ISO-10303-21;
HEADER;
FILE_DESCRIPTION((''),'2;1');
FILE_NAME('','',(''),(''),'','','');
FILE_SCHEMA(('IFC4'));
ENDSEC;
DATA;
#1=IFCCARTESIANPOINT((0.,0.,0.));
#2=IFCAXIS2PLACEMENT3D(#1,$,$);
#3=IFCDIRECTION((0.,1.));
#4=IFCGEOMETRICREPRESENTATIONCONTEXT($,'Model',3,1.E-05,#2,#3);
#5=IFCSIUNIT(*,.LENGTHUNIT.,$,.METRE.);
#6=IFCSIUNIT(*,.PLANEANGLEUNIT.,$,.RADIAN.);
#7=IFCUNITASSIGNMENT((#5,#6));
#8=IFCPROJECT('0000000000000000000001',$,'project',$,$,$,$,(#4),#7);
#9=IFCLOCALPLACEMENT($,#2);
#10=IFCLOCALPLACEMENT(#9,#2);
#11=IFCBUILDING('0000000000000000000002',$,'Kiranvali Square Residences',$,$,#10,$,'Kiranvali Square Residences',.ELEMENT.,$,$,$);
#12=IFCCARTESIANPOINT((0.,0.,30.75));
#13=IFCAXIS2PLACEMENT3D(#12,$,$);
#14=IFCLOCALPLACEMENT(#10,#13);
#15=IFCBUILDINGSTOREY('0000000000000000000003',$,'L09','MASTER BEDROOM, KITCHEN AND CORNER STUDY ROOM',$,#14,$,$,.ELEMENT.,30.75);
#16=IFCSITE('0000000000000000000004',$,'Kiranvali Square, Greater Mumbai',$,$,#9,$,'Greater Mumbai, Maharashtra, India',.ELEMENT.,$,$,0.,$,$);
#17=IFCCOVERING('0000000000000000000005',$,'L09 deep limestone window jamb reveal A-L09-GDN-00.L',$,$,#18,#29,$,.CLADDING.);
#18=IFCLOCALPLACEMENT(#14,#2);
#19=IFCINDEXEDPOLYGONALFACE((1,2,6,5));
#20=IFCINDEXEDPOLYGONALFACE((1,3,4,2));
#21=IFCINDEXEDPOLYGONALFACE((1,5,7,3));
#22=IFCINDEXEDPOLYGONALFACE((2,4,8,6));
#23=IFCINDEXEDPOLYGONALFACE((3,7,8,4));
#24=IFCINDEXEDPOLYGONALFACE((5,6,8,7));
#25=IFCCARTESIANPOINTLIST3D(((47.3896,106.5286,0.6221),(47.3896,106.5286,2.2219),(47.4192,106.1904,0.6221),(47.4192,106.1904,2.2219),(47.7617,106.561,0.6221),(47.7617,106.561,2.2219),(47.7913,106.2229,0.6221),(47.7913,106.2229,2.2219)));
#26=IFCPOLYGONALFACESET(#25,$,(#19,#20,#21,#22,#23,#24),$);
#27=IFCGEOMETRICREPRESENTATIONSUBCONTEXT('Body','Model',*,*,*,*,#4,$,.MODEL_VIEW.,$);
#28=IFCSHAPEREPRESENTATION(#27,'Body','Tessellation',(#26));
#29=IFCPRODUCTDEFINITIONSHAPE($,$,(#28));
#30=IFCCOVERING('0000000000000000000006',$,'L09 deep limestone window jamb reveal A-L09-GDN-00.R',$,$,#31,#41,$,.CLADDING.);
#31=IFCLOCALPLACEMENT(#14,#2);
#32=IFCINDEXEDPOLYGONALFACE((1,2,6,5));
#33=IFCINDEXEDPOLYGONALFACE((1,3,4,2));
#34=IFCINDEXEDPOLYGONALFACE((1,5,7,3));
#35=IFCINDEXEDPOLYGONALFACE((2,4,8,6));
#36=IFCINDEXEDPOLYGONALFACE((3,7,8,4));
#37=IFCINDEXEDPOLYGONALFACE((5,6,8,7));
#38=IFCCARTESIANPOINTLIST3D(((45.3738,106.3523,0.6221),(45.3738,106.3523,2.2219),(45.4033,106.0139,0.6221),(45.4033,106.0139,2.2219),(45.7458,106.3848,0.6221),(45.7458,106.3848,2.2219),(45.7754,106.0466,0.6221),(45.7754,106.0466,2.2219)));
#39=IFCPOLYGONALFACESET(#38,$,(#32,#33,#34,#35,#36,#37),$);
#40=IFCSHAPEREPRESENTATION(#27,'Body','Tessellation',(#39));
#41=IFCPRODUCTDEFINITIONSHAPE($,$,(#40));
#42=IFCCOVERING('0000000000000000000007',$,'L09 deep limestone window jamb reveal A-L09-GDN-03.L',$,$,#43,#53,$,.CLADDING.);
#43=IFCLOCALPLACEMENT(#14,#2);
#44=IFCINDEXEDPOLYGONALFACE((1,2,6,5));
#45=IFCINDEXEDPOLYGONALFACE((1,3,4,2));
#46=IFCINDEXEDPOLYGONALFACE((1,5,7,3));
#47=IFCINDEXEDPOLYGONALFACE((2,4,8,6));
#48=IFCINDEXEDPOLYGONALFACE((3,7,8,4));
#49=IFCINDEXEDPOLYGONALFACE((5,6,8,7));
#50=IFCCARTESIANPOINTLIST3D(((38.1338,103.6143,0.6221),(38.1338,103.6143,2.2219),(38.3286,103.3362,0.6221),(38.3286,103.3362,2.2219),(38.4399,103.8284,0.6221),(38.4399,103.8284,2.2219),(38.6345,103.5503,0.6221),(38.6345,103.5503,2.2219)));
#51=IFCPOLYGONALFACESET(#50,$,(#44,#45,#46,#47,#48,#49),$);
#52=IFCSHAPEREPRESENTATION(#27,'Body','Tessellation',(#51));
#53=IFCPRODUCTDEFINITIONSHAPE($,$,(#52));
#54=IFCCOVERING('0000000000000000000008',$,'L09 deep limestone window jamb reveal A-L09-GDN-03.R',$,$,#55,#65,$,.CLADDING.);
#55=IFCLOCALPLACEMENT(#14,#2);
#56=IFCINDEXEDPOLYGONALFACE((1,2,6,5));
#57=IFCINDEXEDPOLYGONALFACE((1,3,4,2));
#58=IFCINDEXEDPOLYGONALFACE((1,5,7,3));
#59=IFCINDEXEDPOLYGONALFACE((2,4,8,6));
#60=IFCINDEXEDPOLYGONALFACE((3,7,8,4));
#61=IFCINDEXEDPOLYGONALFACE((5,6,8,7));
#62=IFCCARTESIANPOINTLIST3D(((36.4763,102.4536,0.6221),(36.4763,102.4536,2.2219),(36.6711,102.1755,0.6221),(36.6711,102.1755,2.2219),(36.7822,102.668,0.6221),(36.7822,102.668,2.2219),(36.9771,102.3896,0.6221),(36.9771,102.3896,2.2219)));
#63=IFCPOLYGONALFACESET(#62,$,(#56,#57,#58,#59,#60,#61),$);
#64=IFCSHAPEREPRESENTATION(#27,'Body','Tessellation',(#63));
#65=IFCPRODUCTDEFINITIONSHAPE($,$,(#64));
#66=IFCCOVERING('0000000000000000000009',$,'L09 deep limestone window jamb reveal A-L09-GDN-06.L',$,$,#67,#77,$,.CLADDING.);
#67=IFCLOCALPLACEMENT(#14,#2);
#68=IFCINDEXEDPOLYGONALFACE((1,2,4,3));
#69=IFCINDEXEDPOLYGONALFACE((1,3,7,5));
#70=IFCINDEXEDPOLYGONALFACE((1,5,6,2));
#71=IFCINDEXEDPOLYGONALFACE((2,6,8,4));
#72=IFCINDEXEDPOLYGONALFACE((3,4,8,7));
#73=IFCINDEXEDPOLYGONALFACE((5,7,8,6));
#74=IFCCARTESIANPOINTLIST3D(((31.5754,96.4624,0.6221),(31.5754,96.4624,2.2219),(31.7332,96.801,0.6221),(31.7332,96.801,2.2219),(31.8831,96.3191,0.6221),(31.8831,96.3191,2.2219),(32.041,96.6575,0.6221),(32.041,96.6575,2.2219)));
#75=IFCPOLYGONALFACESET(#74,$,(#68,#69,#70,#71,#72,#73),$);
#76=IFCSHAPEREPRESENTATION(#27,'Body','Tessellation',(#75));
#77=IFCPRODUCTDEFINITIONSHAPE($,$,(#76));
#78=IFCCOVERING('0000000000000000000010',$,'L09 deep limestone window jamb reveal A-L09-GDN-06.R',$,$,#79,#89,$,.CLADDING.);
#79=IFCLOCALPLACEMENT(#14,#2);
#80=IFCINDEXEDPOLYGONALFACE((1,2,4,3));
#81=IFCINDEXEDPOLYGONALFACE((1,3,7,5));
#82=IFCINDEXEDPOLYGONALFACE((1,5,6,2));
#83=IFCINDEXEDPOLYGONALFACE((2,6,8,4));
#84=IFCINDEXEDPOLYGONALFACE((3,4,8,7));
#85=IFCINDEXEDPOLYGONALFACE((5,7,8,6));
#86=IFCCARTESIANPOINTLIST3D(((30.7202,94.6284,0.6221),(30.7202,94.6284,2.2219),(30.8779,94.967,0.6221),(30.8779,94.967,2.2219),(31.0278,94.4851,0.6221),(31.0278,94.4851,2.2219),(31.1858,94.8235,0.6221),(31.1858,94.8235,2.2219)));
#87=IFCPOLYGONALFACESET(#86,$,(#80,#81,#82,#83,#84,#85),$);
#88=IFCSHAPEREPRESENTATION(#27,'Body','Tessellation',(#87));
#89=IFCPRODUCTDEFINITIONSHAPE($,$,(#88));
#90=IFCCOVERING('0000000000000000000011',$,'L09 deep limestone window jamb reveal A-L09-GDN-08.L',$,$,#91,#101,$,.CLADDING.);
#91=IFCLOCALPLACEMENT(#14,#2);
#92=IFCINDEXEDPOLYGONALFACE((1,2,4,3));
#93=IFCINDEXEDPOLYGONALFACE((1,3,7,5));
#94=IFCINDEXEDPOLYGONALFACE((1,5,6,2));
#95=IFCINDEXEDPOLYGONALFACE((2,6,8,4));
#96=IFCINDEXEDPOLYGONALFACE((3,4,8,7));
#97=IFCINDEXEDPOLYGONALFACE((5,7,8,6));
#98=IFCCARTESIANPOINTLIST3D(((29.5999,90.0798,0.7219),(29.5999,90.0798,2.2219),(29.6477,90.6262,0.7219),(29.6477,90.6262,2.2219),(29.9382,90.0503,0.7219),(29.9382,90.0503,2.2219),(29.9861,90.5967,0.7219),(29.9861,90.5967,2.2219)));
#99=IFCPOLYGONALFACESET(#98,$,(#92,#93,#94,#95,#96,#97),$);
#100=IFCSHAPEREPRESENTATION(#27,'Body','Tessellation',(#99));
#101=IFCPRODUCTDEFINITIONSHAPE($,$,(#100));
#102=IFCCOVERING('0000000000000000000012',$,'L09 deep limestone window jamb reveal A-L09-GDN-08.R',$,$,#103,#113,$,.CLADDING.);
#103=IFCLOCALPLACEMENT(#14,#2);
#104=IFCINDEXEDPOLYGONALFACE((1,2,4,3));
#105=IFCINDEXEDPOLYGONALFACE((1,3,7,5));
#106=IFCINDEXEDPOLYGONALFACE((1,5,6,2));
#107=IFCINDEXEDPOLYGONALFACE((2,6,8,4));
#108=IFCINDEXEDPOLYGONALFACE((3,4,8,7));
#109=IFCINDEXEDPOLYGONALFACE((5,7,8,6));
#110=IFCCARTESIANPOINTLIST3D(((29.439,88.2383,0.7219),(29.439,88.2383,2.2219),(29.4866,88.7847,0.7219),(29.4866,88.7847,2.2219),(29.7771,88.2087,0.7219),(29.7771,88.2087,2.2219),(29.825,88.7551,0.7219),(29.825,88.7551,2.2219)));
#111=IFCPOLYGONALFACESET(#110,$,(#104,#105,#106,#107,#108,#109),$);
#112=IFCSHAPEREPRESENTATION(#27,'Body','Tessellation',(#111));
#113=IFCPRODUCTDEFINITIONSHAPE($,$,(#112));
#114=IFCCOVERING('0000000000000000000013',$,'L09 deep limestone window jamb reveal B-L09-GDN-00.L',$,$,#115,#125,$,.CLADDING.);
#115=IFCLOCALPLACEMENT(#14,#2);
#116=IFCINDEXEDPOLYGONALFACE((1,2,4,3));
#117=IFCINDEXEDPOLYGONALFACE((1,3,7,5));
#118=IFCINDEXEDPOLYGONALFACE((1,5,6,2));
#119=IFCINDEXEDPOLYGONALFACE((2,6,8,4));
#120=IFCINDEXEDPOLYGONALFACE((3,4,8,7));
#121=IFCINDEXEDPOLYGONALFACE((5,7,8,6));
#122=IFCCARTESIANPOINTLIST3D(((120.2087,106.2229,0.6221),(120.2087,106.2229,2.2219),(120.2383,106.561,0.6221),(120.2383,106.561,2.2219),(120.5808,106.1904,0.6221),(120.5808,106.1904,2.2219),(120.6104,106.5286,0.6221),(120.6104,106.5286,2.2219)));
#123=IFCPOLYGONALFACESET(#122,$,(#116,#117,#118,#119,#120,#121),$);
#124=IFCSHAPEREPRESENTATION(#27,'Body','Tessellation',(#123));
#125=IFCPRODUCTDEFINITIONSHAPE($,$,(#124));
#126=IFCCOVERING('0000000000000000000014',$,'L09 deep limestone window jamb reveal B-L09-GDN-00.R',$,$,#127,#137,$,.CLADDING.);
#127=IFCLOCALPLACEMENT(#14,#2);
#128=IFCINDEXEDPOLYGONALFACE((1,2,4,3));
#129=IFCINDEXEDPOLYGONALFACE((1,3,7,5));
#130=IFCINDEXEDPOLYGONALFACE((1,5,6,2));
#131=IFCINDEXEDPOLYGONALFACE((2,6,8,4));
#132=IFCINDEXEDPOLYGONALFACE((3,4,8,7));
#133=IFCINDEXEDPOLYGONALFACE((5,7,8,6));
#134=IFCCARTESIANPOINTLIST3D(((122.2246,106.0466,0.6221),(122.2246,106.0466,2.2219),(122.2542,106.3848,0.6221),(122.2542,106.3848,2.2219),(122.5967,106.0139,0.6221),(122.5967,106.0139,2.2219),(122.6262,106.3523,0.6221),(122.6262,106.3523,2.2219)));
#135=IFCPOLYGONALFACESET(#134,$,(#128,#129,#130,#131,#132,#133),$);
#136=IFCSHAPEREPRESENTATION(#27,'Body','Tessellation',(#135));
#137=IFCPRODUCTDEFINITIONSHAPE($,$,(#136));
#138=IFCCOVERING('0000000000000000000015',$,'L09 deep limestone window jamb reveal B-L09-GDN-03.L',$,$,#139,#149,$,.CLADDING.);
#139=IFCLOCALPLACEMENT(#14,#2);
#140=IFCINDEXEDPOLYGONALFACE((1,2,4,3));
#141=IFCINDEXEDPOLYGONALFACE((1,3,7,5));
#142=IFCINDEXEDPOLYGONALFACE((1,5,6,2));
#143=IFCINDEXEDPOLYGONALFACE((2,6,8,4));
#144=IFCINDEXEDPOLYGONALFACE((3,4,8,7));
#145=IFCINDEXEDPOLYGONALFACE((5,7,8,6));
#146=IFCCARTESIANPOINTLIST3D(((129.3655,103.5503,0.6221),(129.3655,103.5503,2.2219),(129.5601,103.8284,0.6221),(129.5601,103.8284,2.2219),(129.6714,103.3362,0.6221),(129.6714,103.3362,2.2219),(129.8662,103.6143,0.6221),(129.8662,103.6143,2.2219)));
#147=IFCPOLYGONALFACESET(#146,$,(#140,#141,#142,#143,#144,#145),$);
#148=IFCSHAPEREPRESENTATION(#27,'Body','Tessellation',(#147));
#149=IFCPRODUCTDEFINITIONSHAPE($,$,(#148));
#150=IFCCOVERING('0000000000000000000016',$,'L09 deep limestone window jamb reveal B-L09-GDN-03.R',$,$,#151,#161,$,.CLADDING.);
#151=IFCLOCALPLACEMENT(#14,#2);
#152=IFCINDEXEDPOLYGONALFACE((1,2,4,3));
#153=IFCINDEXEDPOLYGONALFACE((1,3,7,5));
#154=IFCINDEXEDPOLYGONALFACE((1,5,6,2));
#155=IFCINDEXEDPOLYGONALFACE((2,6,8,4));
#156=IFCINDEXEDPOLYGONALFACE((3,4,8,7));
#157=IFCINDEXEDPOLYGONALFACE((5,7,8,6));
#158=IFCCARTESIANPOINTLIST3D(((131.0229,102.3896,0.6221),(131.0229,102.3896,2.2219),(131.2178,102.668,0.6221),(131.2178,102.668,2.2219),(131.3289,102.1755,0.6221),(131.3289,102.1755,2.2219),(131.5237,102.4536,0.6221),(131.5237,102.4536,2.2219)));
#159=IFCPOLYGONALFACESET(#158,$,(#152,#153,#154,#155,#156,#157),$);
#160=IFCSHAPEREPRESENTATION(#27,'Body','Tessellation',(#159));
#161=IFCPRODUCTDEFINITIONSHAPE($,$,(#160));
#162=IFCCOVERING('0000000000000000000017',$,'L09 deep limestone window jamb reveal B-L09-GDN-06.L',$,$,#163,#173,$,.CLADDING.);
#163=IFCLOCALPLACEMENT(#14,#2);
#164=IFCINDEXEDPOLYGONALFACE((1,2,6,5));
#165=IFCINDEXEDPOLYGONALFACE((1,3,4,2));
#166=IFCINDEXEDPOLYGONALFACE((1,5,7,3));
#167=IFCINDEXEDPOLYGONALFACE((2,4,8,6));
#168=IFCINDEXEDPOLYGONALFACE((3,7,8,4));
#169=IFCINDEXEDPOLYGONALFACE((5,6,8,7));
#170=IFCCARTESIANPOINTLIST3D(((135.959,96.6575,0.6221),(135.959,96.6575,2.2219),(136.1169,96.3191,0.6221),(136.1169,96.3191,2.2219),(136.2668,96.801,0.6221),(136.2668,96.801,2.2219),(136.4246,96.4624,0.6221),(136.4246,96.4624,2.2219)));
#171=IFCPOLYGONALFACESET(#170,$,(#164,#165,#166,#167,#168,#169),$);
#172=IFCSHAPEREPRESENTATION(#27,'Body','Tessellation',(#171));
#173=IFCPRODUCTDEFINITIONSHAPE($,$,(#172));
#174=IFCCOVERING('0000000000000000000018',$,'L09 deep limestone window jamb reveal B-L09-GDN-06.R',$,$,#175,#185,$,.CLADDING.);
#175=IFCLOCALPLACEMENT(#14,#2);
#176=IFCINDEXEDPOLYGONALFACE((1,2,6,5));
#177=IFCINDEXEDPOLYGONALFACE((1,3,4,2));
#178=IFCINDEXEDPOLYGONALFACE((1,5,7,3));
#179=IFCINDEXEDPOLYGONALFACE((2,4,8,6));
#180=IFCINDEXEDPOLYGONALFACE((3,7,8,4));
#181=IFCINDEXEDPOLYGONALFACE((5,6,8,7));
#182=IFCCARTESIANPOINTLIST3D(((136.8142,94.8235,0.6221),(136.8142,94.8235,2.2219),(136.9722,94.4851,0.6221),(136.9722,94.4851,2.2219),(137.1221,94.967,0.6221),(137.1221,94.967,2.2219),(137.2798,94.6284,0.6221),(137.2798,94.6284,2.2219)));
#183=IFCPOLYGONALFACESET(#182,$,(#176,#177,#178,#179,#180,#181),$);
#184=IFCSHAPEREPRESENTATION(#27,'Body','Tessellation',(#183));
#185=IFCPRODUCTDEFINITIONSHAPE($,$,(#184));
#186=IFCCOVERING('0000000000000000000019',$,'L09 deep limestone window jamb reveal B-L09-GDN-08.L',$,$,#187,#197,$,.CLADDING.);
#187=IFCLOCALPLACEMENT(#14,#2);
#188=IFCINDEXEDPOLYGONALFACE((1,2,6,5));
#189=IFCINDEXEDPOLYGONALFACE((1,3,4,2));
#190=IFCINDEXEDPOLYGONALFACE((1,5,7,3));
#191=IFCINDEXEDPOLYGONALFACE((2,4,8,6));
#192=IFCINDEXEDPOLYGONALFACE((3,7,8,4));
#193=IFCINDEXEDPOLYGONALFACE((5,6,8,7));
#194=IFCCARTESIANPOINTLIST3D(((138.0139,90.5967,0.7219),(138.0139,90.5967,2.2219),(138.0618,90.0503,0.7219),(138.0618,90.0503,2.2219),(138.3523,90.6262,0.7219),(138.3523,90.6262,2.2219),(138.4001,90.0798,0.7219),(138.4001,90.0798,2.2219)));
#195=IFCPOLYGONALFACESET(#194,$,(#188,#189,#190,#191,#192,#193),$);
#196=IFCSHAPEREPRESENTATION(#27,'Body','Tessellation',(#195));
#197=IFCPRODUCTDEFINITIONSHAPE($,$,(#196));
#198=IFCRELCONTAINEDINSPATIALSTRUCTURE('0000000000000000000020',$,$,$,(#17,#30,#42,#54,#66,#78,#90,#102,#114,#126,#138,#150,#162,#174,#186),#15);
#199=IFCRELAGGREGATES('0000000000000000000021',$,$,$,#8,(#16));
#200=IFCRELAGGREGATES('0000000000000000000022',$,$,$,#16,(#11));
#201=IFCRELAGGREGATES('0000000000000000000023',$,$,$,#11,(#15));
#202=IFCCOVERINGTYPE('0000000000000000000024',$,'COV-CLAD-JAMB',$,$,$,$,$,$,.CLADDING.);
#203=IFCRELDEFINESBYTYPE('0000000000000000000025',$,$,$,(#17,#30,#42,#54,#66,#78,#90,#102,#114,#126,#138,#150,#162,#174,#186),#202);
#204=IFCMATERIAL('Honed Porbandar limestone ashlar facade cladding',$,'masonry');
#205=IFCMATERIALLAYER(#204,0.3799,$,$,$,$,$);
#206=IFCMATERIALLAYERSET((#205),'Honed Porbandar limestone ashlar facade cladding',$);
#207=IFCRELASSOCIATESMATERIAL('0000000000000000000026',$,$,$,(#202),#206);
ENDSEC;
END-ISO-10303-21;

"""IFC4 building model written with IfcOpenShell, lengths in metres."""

from ifc_helpers import new_model, si_unit, direction, frame, origin, place, context, subcontext, project, spatial, polyline, outline, extrude, material, layer, layer_set, type_object, element, save


model = new_model("IFC4")

# Units and contexts
model_context = context("Model", 3, precision=1e-05, world=origin(), true_north=direction((0.0, 1.0)))
body_context = subcontext(model_context, "Body", "Model", "MODEL_VIEW")
ifc_project = project(units=[si_unit("LENGTHUNIT", "METRE"), si_unit("PLANEANGLEUNIT", "RADIAN")], contexts=[model_context])

# Site, building, storey
site_placement = place(None, origin())
site = spatial("IfcSite", under=ifc_project, at=site_placement, Name="Kiranvali Square, Greater Mumbai", LongName="Greater Mumbai, Maharashtra, India", CompositionType="ELEMENT", RefElevation=0.0)
building_placement = place(site_placement, origin())
building = spatial("IfcBuilding", under=site, at=building_placement, Name="Kiranvali Square Residences", LongName="Kiranvali Square Residences", CompositionType="ELEMENT")
storey_placement = place(building_placement, frame((0.0, 0.0, 30.75)))
storey = spatial("IfcBuildingStorey", under=building, at=storey_placement, Name="L09", Description="MASTER BEDROOM, KITCHEN AND CORNER STUDY ROOM", CompositionType="ELEMENT", Elevation=30.75)

# Coverings
ifc_material = material(Name="Honed Porbandar limestone ashlar facade cladding", Category="masonry")
ifc_layer_1 = layer(ifc_material, 0.3799)
ifc_layer_set_1 = layer_set([ifc_layer_1], Name="Honed Porbandar limestone ashlar facade cladding")
covering_type_1 = type_object("IfcCoveringType", Name="COV-CLAD-JAMB", PredefinedType="CLADDING", material=ifc_layer_set_1)
covering_1_placement = place(storey_placement, frame((0.0, 0.0, 0.6221)))
element("IfcCovering", 1, at=covering_1_placement, inside=storey, type_object=covering_type_1, Name="L09 deep limestone window jamb reveal A-L09-GDN-00.L", PredefinedType="CLADDING", context=body_context, shape_type="SweptSolid", body=[
    extrude(outline(polyline([(47.7617, 106.561), (47.3896, 106.5286), (47.4192, 106.1904), (47.7913, 106.2229), (47.7617, 106.561)])), origin(), (0.0, 0.0, 1.0), 1.5999),
])
covering_2_placement = place(storey_placement, frame((0.0, 0.0, 0.6221)))
element("IfcCovering", 2, at=covering_2_placement, inside=storey, type_object=covering_type_1, Name="L09 deep limestone window jamb reveal A-L09-GDN-00.R", PredefinedType="CLADDING", context=body_context, shape_type="SweptSolid", body=[
    extrude(outline(polyline([(45.7458, 106.3848), (45.3738, 106.3523), (45.4033, 106.0139), (45.7754, 106.0466), (45.7458, 106.3848)])), origin(), (0.0, 0.0, 1.0), 1.5999),
])
covering_3_placement = place(storey_placement, frame((0.0, 0.0, 0.6221)))
element("IfcCovering", 3, at=covering_3_placement, inside=storey, type_object=covering_type_1, Name="L09 deep limestone window jamb reveal A-L09-GDN-03.L", PredefinedType="CLADDING", context=body_context, shape_type="SweptSolid", body=[
    extrude(outline(polyline([(38.4399, 103.8284), (38.1338, 103.6143), (38.3286, 103.3362), (38.6345, 103.5503), (38.4399, 103.8284)])), origin(), (0.0, 0.0, 1.0), 1.5999),
])
covering_4_placement = place(storey_placement, frame((0.0, 0.0, 0.6221)))
element("IfcCovering", 4, at=covering_4_placement, inside=storey, type_object=covering_type_1, Name="L09 deep limestone window jamb reveal A-L09-GDN-03.R", PredefinedType="CLADDING", context=body_context, shape_type="SweptSolid", body=[
    extrude(outline(polyline([(36.7822, 102.668), (36.4763, 102.4536), (36.6711, 102.1755), (36.9771, 102.3896), (36.7822, 102.668)])), origin(), (0.0, 0.0, 1.0), 1.5999),
])
covering_5_placement = place(storey_placement, frame((0.0, 0.0, 0.6221)))
element("IfcCovering", 5, at=covering_5_placement, inside=storey, type_object=covering_type_1, Name="L09 deep limestone window jamb reveal A-L09-GDN-06.L", PredefinedType="CLADDING", context=body_context, shape_type="SweptSolid", body=[
    extrude(outline(polyline([(31.7332, 96.801), (31.5754, 96.4624), (31.8831, 96.3191), (32.041, 96.6575), (31.7332, 96.801)])), origin(), (0.0, 0.0, 1.0), 1.5999),
])
covering_6_placement = place(storey_placement, frame((0.0, 0.0, 0.6221)))
element("IfcCovering", 6, at=covering_6_placement, inside=storey, type_object=covering_type_1, Name="L09 deep limestone window jamb reveal A-L09-GDN-06.R", PredefinedType="CLADDING", context=body_context, shape_type="SweptSolid", body=[
    extrude(outline(polyline([(30.8779, 94.967), (30.7202, 94.6284), (31.0278, 94.4851), (31.1858, 94.8235), (30.8779, 94.967)])), origin(), (0.0, 0.0, 1.0), 1.5999),
])
covering_7_placement = place(storey_placement, frame((0.0, 0.0, 0.7219)))
element("IfcCovering", 7, at=covering_7_placement, inside=storey, type_object=covering_type_1, Name="L09 deep limestone window jamb reveal A-L09-GDN-08.L", PredefinedType="CLADDING", context=body_context, shape_type="SweptSolid", body=[
    extrude(outline(polyline([(29.6477, 90.6262), (29.5999, 90.0798), (29.9382, 90.0503), (29.9861, 90.5967), (29.6477, 90.6262)])), origin(), (0.0, 0.0, 1.0), 1.5),
])
covering_8_placement = place(storey_placement, frame((0.0, 0.0, 0.7219)))
element("IfcCovering", 8, at=covering_8_placement, inside=storey, type_object=covering_type_1, Name="L09 deep limestone window jamb reveal A-L09-GDN-08.R", PredefinedType="CLADDING", context=body_context, shape_type="SweptSolid", body=[
    extrude(outline(polyline([(29.4866, 88.7847), (29.439, 88.2383), (29.7771, 88.2087), (29.825, 88.7551), (29.4866, 88.7847)])), origin(), (0.0, 0.0, 1.0), 1.5),
])
covering_9_placement = place(storey_placement, frame((0.0, 0.0, 0.6221)))
element("IfcCovering", 9, at=covering_9_placement, inside=storey, type_object=covering_type_1, Name="L09 deep limestone window jamb reveal B-L09-GDN-00.L", PredefinedType="CLADDING", context=body_context, shape_type="SweptSolid", body=[
    extrude(outline(polyline([(120.2087, 106.2229), (120.5808, 106.1904), (120.6104, 106.5286), (120.2383, 106.561), (120.2087, 106.2229)])), origin(), (0.0, 0.0, 1.0), 1.5999),
])
covering_10_placement = place(storey_placement, frame((0.0, 0.0, 0.6221)))
element("IfcCovering", 10, at=covering_10_placement, inside=storey, type_object=covering_type_1, Name="L09 deep limestone window jamb reveal B-L09-GDN-00.R", PredefinedType="CLADDING", context=body_context, shape_type="SweptSolid", body=[
    extrude(outline(polyline([(122.2246, 106.0466), (122.5967, 106.0139), (122.6262, 106.3523), (122.2542, 106.3848), (122.2246, 106.0466)])), origin(), (0.0, 0.0, 1.0), 1.5999),
])
covering_11_placement = place(storey_placement, frame((0.0, 0.0, 0.6221)))
element("IfcCovering", 11, at=covering_11_placement, inside=storey, type_object=covering_type_1, Name="L09 deep limestone window jamb reveal B-L09-GDN-03.L", PredefinedType="CLADDING", context=body_context, shape_type="SweptSolid", body=[
    extrude(outline(polyline([(129.3655, 103.5503), (129.6714, 103.3362), (129.8662, 103.6143), (129.5601, 103.8284), (129.3655, 103.5503)])), origin(), (0.0, 0.0, 1.0), 1.5999),
])
covering_12_placement = place(storey_placement, frame((0.0, 0.0, 0.6221)))
element("IfcCovering", 12, at=covering_12_placement, inside=storey, type_object=covering_type_1, Name="L09 deep limestone window jamb reveal B-L09-GDN-03.R", PredefinedType="CLADDING", context=body_context, shape_type="SweptSolid", body=[
    extrude(outline(polyline([(131.0229, 102.3896), (131.3289, 102.1755), (131.5237, 102.4536), (131.2178, 102.668), (131.0229, 102.3896)])), origin(), (0.0, 0.0, 1.0), 1.5999),
])
covering_13_placement = place(storey_placement, frame((0.0, 0.0, 0.6221)))
element("IfcCovering", 13, at=covering_13_placement, inside=storey, type_object=covering_type_1, Name="L09 deep limestone window jamb reveal B-L09-GDN-06.L", PredefinedType="CLADDING", context=body_context, shape_type="SweptSolid", body=[
    extrude(outline(polyline([(135.959, 96.6575), (136.1169, 96.3191), (136.4246, 96.4624), (136.2668, 96.801), (135.959, 96.6575)])), origin(), (0.0, 0.0, 1.0), 1.5999),
])
covering_14_placement = place(storey_placement, frame((0.0, 0.0, 0.6221)))
element("IfcCovering", 14, at=covering_14_placement, inside=storey, type_object=covering_type_1, Name="L09 deep limestone window jamb reveal B-L09-GDN-06.R", PredefinedType="CLADDING", context=body_context, shape_type="SweptSolid", body=[
    extrude(outline(polyline([(136.8142, 94.8235), (136.9722, 94.4851), (137.2798, 94.6284), (137.1221, 94.967), (136.8142, 94.8235)])), origin(), (0.0, 0.0, 1.0), 1.5999),
])
covering_15_placement = place(storey_placement, frame((0.0, 0.0, 0.7219)))
element("IfcCovering", 15, at=covering_15_placement, inside=storey, type_object=covering_type_1, Name="L09 deep limestone window jamb reveal B-L09-GDN-08.L", PredefinedType="CLADDING", context=body_context, shape_type="SweptSolid", body=[
    extrude(outline(polyline([(138.0139, 90.5967), (138.0618, 90.0503), (138.4001, 90.0798), (138.3523, 90.6262), (138.0139, 90.5967)])), origin(), (0.0, 0.0, 1.0), 1.5),
])

save(model, "model.ifc")
